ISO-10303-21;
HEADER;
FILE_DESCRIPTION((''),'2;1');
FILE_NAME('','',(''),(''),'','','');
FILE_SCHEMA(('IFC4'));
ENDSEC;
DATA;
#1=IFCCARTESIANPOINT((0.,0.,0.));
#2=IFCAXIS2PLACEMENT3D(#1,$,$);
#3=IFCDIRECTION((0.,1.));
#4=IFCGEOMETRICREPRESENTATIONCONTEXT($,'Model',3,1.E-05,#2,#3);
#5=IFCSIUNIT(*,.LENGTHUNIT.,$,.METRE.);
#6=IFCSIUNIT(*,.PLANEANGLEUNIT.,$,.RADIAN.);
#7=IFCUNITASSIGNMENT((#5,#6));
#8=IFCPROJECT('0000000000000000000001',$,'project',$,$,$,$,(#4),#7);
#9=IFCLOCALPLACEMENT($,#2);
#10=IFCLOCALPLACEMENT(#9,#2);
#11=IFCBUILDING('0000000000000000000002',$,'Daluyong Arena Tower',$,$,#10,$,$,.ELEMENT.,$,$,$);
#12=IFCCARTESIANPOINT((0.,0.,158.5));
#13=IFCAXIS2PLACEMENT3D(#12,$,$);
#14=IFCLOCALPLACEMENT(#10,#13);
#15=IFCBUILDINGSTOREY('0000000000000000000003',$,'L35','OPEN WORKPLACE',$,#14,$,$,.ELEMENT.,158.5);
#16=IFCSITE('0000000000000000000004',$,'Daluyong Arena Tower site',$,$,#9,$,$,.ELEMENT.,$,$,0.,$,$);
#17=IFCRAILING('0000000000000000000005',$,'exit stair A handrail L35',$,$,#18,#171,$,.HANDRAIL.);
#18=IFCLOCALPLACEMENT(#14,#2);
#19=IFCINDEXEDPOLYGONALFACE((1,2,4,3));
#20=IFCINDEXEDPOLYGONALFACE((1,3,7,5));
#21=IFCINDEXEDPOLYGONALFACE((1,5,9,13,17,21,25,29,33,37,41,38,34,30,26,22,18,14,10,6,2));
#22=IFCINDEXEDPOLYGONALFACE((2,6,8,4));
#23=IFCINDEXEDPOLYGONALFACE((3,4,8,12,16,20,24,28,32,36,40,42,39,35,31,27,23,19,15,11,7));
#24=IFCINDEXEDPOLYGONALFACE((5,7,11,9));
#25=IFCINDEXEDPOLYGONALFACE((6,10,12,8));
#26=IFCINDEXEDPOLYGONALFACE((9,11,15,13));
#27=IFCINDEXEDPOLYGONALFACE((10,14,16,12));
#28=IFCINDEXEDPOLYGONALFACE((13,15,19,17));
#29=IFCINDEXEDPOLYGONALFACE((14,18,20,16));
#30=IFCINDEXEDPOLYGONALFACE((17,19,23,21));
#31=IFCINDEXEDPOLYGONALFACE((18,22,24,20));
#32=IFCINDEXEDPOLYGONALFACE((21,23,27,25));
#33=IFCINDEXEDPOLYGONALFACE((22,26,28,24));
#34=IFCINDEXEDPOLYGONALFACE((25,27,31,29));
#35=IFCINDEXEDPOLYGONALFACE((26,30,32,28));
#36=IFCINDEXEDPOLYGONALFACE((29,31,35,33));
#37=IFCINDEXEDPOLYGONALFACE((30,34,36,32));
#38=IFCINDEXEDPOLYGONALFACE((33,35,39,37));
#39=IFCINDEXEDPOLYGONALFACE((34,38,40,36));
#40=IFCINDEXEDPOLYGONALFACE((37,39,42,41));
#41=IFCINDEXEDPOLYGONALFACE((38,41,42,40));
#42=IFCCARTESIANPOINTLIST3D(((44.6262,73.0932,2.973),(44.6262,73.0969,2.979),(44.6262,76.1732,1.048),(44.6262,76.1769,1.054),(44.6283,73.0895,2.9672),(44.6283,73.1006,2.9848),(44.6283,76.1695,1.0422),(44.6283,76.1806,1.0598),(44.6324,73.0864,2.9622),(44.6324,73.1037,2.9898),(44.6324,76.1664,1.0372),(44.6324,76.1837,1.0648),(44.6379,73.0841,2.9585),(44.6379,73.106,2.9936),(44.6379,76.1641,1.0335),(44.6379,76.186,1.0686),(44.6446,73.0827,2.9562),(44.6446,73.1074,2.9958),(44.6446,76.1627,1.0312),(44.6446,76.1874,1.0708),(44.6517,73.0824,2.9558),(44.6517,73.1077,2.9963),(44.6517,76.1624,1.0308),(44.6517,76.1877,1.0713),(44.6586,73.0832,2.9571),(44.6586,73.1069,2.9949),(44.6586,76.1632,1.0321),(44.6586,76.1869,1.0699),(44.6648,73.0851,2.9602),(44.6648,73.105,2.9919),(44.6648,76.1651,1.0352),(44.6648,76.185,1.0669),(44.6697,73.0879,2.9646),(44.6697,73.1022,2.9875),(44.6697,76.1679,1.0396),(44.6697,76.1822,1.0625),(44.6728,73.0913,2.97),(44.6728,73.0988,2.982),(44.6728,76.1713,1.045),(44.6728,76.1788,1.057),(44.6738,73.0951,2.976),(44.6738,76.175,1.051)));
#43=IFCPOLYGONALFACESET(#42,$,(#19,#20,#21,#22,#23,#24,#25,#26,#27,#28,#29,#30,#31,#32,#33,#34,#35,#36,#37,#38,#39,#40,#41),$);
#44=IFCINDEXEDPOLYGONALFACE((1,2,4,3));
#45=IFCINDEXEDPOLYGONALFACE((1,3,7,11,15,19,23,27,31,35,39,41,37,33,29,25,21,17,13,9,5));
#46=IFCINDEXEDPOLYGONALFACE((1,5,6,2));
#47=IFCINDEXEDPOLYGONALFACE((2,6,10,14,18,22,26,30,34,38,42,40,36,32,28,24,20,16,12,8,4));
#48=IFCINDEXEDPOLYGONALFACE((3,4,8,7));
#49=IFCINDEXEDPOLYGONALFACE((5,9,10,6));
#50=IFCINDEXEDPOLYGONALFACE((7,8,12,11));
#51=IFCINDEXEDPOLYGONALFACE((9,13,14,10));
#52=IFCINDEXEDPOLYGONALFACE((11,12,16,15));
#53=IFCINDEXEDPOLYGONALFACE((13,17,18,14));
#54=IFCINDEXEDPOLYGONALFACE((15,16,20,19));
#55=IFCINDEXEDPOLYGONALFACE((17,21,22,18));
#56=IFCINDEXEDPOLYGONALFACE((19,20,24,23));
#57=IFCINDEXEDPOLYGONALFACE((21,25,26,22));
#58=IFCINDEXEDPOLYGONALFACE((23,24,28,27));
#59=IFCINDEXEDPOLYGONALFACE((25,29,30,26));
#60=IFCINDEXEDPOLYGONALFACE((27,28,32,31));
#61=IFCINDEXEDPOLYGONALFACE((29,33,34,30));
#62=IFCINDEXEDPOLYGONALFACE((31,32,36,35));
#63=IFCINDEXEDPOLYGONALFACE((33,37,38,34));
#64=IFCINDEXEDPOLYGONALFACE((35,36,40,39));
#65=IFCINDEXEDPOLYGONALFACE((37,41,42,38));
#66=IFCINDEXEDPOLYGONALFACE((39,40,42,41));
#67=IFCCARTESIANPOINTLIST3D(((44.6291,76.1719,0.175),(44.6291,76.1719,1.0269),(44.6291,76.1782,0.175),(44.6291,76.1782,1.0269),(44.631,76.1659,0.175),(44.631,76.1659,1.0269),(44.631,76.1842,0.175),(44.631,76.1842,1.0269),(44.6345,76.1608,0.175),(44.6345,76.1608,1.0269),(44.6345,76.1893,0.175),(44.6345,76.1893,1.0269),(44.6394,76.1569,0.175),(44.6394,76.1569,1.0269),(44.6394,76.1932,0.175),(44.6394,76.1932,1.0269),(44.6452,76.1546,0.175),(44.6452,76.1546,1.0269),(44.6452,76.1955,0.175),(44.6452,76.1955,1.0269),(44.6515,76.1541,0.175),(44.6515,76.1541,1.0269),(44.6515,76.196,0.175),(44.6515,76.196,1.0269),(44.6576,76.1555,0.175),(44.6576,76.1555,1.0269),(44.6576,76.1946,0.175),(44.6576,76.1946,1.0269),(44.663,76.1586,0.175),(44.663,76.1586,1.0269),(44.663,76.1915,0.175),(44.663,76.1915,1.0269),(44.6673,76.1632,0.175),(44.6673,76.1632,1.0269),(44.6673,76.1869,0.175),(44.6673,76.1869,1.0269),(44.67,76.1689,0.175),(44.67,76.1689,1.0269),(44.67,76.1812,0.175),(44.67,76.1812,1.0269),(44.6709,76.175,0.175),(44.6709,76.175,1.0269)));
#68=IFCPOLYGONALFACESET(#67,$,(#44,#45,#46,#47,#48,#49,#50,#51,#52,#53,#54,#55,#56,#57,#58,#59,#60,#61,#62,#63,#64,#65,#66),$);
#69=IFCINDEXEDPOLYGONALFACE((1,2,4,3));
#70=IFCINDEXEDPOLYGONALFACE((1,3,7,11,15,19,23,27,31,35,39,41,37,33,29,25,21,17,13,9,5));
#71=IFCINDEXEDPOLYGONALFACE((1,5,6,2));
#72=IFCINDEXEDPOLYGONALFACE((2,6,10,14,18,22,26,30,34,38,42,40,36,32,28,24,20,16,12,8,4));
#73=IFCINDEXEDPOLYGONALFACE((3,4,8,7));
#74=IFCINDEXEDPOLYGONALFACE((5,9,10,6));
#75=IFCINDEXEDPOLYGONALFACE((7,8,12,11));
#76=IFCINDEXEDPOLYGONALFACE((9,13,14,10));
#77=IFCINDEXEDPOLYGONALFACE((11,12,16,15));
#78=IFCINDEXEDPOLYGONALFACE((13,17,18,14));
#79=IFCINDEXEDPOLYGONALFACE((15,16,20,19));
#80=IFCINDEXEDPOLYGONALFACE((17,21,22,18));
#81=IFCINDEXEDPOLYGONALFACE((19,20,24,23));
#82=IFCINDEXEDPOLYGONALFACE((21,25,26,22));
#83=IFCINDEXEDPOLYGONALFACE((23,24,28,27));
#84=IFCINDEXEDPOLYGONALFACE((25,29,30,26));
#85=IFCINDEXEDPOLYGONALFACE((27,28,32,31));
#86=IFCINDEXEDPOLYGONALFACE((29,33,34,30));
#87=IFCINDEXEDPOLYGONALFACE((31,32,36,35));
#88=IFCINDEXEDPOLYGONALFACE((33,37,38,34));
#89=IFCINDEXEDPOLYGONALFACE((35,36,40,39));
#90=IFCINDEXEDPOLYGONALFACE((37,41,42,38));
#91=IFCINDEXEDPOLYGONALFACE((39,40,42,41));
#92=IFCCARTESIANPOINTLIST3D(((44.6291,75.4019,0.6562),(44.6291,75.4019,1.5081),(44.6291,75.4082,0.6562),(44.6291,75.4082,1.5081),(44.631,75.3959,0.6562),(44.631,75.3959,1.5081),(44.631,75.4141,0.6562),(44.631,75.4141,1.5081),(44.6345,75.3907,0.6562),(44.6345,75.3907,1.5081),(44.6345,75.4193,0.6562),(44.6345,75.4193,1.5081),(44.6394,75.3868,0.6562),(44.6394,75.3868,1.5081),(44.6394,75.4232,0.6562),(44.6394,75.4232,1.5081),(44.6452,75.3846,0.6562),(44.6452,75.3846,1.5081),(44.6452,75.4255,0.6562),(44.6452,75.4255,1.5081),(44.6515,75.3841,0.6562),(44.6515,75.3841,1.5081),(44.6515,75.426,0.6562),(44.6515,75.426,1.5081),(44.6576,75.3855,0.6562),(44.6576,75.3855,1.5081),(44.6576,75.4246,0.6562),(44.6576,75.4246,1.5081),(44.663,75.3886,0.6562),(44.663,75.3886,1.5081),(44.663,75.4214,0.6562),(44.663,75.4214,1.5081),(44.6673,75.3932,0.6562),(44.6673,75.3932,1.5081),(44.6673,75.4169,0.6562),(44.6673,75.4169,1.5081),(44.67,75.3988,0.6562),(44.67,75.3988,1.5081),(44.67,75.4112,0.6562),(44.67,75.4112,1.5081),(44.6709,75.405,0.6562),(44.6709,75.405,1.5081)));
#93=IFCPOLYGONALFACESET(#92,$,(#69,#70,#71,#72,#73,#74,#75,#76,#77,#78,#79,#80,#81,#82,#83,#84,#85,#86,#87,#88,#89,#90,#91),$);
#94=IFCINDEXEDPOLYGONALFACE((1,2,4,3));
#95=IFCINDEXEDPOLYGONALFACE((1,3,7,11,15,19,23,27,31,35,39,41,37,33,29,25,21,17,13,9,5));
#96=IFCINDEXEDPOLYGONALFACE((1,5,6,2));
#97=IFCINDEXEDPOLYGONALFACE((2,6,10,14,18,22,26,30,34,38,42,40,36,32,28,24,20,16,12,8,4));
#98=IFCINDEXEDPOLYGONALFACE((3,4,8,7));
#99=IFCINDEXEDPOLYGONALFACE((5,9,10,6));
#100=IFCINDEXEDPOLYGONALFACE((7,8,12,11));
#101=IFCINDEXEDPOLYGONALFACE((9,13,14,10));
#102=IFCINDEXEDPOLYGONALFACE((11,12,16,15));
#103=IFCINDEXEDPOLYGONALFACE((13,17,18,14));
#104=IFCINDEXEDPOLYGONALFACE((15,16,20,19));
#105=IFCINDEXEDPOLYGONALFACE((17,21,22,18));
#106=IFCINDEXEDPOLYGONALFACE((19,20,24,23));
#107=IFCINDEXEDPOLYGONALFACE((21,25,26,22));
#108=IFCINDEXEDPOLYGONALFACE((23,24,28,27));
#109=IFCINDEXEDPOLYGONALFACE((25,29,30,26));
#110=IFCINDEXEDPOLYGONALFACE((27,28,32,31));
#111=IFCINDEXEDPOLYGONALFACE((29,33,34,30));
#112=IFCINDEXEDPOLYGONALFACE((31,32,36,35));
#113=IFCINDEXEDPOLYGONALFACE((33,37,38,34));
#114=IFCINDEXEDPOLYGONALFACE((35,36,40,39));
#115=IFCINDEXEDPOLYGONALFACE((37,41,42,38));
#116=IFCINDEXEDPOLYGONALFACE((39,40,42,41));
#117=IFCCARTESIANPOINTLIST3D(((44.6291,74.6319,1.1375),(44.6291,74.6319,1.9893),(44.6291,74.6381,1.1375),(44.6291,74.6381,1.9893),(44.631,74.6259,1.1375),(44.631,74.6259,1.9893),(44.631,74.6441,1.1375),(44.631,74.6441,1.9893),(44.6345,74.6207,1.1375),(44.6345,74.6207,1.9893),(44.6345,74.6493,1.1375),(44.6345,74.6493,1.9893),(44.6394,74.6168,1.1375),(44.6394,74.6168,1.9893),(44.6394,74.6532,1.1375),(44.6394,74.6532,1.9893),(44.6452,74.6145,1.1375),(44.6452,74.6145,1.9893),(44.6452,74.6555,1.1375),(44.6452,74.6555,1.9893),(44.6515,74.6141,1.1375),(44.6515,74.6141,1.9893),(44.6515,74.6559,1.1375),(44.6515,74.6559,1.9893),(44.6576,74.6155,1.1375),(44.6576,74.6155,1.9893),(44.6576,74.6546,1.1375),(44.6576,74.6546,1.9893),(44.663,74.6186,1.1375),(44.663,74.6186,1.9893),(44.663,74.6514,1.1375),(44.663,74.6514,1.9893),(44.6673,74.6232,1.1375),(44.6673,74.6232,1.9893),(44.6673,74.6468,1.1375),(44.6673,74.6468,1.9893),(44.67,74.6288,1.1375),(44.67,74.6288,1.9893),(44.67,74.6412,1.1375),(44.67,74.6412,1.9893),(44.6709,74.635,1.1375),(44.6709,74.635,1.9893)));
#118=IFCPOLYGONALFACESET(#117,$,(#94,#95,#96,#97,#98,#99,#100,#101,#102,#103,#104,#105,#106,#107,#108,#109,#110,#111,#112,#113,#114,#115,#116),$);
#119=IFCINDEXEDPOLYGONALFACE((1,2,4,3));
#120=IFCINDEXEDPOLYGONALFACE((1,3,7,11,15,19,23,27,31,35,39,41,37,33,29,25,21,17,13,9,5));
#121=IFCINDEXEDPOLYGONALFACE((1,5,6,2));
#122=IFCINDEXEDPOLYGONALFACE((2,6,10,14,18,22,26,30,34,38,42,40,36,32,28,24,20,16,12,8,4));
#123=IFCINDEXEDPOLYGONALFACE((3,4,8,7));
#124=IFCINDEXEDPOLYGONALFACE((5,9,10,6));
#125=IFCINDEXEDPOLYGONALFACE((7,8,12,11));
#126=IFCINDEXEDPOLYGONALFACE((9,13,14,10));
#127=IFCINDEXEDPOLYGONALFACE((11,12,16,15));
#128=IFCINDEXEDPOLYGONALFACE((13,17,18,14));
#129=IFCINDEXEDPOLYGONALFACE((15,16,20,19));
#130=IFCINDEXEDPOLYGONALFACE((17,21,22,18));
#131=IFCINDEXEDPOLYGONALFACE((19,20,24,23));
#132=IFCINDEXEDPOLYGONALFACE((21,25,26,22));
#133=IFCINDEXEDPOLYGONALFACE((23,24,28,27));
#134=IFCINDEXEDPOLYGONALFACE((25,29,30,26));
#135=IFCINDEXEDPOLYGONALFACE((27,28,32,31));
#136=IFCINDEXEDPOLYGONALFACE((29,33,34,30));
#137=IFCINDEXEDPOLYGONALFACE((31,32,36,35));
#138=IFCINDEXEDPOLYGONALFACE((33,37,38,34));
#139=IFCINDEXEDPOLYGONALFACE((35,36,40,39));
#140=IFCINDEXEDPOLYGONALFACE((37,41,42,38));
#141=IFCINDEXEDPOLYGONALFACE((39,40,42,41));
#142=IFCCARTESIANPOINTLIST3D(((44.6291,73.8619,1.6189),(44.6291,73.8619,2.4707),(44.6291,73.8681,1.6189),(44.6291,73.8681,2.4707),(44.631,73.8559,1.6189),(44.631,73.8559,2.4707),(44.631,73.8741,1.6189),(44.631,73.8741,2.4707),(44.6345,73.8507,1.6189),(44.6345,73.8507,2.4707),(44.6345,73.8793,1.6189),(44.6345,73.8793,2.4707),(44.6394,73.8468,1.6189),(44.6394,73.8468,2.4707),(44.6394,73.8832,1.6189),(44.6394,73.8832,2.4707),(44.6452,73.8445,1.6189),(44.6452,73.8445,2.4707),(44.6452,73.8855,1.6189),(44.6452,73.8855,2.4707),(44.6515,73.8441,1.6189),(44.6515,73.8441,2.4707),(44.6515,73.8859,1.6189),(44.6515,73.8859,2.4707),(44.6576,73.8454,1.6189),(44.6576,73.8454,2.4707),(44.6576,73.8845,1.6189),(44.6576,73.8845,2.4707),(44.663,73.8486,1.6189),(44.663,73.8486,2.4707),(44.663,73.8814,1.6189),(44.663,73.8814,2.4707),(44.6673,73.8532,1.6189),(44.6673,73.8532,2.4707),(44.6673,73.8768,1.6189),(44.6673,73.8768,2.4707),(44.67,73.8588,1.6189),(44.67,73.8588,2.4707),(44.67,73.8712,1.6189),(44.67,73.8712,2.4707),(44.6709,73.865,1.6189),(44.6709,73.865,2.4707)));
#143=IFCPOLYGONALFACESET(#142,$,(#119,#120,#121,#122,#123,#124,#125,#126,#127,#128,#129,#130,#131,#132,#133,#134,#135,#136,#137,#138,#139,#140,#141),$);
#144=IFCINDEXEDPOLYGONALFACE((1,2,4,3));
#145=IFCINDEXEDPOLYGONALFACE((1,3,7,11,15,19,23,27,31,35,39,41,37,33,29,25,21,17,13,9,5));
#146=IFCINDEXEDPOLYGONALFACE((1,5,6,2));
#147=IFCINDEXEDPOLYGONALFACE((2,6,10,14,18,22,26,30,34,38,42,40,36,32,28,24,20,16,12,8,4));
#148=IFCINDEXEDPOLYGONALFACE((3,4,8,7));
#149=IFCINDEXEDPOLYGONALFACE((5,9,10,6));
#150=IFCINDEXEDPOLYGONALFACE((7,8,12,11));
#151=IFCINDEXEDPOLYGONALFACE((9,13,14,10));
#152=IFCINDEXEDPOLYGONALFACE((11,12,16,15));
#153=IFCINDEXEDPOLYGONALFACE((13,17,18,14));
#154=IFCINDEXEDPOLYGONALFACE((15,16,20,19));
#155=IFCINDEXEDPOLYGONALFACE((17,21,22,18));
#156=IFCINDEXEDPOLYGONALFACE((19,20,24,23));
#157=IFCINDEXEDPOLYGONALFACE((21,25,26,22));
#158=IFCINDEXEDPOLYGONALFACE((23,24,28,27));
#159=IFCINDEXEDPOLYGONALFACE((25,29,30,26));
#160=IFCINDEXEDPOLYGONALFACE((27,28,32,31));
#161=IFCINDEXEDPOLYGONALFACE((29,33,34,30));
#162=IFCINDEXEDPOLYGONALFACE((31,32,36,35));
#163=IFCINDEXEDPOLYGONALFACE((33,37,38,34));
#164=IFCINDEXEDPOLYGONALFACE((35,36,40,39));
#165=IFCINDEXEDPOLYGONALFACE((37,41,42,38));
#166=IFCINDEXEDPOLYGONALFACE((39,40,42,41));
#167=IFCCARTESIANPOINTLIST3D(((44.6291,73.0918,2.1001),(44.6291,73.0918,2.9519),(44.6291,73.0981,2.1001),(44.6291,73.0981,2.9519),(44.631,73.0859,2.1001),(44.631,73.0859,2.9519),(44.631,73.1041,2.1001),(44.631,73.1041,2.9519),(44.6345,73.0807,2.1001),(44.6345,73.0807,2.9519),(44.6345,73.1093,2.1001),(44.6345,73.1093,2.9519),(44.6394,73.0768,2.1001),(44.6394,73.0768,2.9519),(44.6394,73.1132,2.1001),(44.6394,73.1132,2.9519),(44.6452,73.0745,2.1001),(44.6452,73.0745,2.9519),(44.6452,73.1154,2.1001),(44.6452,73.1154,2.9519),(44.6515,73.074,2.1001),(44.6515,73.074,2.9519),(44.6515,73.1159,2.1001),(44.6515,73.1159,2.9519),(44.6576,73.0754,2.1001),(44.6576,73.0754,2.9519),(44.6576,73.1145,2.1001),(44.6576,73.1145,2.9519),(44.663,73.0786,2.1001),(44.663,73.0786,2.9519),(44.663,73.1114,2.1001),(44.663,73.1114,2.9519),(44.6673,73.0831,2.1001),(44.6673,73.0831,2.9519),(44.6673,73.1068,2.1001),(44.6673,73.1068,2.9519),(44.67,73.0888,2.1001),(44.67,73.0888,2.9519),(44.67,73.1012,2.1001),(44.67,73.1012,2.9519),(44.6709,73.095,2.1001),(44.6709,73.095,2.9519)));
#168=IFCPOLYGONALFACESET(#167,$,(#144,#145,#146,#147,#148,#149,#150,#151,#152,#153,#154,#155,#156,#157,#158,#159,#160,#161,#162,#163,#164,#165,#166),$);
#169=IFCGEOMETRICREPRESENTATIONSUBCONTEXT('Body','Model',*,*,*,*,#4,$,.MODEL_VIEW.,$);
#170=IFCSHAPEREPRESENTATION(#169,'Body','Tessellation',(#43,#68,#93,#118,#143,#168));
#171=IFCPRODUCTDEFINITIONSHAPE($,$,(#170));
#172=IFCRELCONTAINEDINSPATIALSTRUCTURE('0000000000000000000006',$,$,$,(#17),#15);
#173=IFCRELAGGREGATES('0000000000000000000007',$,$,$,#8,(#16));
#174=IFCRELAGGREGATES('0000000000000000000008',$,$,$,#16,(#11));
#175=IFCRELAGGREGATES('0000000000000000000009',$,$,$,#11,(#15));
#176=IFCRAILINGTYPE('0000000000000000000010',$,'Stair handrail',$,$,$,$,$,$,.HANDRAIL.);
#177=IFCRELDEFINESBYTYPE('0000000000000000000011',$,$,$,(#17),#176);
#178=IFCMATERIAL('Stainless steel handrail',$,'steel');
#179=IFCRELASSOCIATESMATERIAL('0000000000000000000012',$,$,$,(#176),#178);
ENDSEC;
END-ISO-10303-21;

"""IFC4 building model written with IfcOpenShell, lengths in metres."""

from ifc_helpers import new_model, si_unit, direction, frame, origin, origin_2d, place, context, subcontext, project, spatial, circle, extrude, material, type_object, element, save


model = new_model("IFC4")

# Units and contexts
model_context = context("Model", 3, precision=1e-05, world=origin(), true_north=direction((0.0, 1.0)))
body_context = subcontext(model_context, "Body", "Model", "MODEL_VIEW")
ifc_project = project(units=[si_unit("LENGTHUNIT", "METRE"), si_unit("PLANEANGLEUNIT", "RADIAN")], contexts=[model_context])

# Site, building, storey
site_placement = place(None, origin())
site = spatial("IfcSite", under=ifc_project, at=site_placement, Name="Daluyong Arena Tower site", CompositionType="ELEMENT", RefElevation=0.0)
building_placement = place(site_placement, origin())
building = spatial("IfcBuilding", under=site, at=building_placement, Name="Daluyong Arena Tower", CompositionType="ELEMENT")
storey_placement = place(building_placement, frame((0.0, 0.0, 158.5)))
storey = spatial("IfcBuildingStorey", under=building, at=storey_placement, Name="L35", Description="OPEN WORKPLACE", CompositionType="ELEMENT", Elevation=158.5)

# Railing
ifc_material_1 = material(Name="Stainless steel handrail", Category="steel")
railing_type_1 = type_object("IfcRailingType", Name="Stair handrail", PredefinedType="HANDRAIL", material=ifc_material_1)
railing_1_placement = place(storey_placement, frame((44.6499, 76.175, 0.175)))
element("IfcRailing", 1, at=railing_1_placement, inside=storey, type_object=railing_type_1, Name="exit stair A handrail L35", PredefinedType="HANDRAIL", context=body_context, shape_type="SweptSolid", body=[
    extrude(circle(Radius=0.0239, at=origin_2d()), frame((0.0, 0.0, 0.876), z_axis=(0.0, -0.847998, 0.529999), x_axis=(1.0, 0.0, 0.0)), (0.0, 0.0, 1.0), 3.6321),
    extrude(circle(Radius=0.021, at=origin_2d()), origin(), (0.0, 0.0, 1.0), 0.8518),
    extrude(circle(Radius=0.021, at=origin_2d()), frame((0.0, -0.77, 0.4812)), (0.0, 0.0, 1.0), 0.8518),
    extrude(circle(Radius=0.021, at=origin_2d()), frame((0.0, -1.54, 0.9624)), (0.0, 0.0, 1.0), 0.8518),
    extrude(circle(Radius=0.021, at=origin_2d()), frame((0.0, -2.3101, 1.4438)), (0.0, 0.0, 1.0), 0.8518),
    extrude(circle(Radius=0.021, at=origin_2d()), frame((0.0, -3.0801, 1.925)), (0.0, 0.0, 1.0), 0.8518),
])

save(model, "model.ifc")
